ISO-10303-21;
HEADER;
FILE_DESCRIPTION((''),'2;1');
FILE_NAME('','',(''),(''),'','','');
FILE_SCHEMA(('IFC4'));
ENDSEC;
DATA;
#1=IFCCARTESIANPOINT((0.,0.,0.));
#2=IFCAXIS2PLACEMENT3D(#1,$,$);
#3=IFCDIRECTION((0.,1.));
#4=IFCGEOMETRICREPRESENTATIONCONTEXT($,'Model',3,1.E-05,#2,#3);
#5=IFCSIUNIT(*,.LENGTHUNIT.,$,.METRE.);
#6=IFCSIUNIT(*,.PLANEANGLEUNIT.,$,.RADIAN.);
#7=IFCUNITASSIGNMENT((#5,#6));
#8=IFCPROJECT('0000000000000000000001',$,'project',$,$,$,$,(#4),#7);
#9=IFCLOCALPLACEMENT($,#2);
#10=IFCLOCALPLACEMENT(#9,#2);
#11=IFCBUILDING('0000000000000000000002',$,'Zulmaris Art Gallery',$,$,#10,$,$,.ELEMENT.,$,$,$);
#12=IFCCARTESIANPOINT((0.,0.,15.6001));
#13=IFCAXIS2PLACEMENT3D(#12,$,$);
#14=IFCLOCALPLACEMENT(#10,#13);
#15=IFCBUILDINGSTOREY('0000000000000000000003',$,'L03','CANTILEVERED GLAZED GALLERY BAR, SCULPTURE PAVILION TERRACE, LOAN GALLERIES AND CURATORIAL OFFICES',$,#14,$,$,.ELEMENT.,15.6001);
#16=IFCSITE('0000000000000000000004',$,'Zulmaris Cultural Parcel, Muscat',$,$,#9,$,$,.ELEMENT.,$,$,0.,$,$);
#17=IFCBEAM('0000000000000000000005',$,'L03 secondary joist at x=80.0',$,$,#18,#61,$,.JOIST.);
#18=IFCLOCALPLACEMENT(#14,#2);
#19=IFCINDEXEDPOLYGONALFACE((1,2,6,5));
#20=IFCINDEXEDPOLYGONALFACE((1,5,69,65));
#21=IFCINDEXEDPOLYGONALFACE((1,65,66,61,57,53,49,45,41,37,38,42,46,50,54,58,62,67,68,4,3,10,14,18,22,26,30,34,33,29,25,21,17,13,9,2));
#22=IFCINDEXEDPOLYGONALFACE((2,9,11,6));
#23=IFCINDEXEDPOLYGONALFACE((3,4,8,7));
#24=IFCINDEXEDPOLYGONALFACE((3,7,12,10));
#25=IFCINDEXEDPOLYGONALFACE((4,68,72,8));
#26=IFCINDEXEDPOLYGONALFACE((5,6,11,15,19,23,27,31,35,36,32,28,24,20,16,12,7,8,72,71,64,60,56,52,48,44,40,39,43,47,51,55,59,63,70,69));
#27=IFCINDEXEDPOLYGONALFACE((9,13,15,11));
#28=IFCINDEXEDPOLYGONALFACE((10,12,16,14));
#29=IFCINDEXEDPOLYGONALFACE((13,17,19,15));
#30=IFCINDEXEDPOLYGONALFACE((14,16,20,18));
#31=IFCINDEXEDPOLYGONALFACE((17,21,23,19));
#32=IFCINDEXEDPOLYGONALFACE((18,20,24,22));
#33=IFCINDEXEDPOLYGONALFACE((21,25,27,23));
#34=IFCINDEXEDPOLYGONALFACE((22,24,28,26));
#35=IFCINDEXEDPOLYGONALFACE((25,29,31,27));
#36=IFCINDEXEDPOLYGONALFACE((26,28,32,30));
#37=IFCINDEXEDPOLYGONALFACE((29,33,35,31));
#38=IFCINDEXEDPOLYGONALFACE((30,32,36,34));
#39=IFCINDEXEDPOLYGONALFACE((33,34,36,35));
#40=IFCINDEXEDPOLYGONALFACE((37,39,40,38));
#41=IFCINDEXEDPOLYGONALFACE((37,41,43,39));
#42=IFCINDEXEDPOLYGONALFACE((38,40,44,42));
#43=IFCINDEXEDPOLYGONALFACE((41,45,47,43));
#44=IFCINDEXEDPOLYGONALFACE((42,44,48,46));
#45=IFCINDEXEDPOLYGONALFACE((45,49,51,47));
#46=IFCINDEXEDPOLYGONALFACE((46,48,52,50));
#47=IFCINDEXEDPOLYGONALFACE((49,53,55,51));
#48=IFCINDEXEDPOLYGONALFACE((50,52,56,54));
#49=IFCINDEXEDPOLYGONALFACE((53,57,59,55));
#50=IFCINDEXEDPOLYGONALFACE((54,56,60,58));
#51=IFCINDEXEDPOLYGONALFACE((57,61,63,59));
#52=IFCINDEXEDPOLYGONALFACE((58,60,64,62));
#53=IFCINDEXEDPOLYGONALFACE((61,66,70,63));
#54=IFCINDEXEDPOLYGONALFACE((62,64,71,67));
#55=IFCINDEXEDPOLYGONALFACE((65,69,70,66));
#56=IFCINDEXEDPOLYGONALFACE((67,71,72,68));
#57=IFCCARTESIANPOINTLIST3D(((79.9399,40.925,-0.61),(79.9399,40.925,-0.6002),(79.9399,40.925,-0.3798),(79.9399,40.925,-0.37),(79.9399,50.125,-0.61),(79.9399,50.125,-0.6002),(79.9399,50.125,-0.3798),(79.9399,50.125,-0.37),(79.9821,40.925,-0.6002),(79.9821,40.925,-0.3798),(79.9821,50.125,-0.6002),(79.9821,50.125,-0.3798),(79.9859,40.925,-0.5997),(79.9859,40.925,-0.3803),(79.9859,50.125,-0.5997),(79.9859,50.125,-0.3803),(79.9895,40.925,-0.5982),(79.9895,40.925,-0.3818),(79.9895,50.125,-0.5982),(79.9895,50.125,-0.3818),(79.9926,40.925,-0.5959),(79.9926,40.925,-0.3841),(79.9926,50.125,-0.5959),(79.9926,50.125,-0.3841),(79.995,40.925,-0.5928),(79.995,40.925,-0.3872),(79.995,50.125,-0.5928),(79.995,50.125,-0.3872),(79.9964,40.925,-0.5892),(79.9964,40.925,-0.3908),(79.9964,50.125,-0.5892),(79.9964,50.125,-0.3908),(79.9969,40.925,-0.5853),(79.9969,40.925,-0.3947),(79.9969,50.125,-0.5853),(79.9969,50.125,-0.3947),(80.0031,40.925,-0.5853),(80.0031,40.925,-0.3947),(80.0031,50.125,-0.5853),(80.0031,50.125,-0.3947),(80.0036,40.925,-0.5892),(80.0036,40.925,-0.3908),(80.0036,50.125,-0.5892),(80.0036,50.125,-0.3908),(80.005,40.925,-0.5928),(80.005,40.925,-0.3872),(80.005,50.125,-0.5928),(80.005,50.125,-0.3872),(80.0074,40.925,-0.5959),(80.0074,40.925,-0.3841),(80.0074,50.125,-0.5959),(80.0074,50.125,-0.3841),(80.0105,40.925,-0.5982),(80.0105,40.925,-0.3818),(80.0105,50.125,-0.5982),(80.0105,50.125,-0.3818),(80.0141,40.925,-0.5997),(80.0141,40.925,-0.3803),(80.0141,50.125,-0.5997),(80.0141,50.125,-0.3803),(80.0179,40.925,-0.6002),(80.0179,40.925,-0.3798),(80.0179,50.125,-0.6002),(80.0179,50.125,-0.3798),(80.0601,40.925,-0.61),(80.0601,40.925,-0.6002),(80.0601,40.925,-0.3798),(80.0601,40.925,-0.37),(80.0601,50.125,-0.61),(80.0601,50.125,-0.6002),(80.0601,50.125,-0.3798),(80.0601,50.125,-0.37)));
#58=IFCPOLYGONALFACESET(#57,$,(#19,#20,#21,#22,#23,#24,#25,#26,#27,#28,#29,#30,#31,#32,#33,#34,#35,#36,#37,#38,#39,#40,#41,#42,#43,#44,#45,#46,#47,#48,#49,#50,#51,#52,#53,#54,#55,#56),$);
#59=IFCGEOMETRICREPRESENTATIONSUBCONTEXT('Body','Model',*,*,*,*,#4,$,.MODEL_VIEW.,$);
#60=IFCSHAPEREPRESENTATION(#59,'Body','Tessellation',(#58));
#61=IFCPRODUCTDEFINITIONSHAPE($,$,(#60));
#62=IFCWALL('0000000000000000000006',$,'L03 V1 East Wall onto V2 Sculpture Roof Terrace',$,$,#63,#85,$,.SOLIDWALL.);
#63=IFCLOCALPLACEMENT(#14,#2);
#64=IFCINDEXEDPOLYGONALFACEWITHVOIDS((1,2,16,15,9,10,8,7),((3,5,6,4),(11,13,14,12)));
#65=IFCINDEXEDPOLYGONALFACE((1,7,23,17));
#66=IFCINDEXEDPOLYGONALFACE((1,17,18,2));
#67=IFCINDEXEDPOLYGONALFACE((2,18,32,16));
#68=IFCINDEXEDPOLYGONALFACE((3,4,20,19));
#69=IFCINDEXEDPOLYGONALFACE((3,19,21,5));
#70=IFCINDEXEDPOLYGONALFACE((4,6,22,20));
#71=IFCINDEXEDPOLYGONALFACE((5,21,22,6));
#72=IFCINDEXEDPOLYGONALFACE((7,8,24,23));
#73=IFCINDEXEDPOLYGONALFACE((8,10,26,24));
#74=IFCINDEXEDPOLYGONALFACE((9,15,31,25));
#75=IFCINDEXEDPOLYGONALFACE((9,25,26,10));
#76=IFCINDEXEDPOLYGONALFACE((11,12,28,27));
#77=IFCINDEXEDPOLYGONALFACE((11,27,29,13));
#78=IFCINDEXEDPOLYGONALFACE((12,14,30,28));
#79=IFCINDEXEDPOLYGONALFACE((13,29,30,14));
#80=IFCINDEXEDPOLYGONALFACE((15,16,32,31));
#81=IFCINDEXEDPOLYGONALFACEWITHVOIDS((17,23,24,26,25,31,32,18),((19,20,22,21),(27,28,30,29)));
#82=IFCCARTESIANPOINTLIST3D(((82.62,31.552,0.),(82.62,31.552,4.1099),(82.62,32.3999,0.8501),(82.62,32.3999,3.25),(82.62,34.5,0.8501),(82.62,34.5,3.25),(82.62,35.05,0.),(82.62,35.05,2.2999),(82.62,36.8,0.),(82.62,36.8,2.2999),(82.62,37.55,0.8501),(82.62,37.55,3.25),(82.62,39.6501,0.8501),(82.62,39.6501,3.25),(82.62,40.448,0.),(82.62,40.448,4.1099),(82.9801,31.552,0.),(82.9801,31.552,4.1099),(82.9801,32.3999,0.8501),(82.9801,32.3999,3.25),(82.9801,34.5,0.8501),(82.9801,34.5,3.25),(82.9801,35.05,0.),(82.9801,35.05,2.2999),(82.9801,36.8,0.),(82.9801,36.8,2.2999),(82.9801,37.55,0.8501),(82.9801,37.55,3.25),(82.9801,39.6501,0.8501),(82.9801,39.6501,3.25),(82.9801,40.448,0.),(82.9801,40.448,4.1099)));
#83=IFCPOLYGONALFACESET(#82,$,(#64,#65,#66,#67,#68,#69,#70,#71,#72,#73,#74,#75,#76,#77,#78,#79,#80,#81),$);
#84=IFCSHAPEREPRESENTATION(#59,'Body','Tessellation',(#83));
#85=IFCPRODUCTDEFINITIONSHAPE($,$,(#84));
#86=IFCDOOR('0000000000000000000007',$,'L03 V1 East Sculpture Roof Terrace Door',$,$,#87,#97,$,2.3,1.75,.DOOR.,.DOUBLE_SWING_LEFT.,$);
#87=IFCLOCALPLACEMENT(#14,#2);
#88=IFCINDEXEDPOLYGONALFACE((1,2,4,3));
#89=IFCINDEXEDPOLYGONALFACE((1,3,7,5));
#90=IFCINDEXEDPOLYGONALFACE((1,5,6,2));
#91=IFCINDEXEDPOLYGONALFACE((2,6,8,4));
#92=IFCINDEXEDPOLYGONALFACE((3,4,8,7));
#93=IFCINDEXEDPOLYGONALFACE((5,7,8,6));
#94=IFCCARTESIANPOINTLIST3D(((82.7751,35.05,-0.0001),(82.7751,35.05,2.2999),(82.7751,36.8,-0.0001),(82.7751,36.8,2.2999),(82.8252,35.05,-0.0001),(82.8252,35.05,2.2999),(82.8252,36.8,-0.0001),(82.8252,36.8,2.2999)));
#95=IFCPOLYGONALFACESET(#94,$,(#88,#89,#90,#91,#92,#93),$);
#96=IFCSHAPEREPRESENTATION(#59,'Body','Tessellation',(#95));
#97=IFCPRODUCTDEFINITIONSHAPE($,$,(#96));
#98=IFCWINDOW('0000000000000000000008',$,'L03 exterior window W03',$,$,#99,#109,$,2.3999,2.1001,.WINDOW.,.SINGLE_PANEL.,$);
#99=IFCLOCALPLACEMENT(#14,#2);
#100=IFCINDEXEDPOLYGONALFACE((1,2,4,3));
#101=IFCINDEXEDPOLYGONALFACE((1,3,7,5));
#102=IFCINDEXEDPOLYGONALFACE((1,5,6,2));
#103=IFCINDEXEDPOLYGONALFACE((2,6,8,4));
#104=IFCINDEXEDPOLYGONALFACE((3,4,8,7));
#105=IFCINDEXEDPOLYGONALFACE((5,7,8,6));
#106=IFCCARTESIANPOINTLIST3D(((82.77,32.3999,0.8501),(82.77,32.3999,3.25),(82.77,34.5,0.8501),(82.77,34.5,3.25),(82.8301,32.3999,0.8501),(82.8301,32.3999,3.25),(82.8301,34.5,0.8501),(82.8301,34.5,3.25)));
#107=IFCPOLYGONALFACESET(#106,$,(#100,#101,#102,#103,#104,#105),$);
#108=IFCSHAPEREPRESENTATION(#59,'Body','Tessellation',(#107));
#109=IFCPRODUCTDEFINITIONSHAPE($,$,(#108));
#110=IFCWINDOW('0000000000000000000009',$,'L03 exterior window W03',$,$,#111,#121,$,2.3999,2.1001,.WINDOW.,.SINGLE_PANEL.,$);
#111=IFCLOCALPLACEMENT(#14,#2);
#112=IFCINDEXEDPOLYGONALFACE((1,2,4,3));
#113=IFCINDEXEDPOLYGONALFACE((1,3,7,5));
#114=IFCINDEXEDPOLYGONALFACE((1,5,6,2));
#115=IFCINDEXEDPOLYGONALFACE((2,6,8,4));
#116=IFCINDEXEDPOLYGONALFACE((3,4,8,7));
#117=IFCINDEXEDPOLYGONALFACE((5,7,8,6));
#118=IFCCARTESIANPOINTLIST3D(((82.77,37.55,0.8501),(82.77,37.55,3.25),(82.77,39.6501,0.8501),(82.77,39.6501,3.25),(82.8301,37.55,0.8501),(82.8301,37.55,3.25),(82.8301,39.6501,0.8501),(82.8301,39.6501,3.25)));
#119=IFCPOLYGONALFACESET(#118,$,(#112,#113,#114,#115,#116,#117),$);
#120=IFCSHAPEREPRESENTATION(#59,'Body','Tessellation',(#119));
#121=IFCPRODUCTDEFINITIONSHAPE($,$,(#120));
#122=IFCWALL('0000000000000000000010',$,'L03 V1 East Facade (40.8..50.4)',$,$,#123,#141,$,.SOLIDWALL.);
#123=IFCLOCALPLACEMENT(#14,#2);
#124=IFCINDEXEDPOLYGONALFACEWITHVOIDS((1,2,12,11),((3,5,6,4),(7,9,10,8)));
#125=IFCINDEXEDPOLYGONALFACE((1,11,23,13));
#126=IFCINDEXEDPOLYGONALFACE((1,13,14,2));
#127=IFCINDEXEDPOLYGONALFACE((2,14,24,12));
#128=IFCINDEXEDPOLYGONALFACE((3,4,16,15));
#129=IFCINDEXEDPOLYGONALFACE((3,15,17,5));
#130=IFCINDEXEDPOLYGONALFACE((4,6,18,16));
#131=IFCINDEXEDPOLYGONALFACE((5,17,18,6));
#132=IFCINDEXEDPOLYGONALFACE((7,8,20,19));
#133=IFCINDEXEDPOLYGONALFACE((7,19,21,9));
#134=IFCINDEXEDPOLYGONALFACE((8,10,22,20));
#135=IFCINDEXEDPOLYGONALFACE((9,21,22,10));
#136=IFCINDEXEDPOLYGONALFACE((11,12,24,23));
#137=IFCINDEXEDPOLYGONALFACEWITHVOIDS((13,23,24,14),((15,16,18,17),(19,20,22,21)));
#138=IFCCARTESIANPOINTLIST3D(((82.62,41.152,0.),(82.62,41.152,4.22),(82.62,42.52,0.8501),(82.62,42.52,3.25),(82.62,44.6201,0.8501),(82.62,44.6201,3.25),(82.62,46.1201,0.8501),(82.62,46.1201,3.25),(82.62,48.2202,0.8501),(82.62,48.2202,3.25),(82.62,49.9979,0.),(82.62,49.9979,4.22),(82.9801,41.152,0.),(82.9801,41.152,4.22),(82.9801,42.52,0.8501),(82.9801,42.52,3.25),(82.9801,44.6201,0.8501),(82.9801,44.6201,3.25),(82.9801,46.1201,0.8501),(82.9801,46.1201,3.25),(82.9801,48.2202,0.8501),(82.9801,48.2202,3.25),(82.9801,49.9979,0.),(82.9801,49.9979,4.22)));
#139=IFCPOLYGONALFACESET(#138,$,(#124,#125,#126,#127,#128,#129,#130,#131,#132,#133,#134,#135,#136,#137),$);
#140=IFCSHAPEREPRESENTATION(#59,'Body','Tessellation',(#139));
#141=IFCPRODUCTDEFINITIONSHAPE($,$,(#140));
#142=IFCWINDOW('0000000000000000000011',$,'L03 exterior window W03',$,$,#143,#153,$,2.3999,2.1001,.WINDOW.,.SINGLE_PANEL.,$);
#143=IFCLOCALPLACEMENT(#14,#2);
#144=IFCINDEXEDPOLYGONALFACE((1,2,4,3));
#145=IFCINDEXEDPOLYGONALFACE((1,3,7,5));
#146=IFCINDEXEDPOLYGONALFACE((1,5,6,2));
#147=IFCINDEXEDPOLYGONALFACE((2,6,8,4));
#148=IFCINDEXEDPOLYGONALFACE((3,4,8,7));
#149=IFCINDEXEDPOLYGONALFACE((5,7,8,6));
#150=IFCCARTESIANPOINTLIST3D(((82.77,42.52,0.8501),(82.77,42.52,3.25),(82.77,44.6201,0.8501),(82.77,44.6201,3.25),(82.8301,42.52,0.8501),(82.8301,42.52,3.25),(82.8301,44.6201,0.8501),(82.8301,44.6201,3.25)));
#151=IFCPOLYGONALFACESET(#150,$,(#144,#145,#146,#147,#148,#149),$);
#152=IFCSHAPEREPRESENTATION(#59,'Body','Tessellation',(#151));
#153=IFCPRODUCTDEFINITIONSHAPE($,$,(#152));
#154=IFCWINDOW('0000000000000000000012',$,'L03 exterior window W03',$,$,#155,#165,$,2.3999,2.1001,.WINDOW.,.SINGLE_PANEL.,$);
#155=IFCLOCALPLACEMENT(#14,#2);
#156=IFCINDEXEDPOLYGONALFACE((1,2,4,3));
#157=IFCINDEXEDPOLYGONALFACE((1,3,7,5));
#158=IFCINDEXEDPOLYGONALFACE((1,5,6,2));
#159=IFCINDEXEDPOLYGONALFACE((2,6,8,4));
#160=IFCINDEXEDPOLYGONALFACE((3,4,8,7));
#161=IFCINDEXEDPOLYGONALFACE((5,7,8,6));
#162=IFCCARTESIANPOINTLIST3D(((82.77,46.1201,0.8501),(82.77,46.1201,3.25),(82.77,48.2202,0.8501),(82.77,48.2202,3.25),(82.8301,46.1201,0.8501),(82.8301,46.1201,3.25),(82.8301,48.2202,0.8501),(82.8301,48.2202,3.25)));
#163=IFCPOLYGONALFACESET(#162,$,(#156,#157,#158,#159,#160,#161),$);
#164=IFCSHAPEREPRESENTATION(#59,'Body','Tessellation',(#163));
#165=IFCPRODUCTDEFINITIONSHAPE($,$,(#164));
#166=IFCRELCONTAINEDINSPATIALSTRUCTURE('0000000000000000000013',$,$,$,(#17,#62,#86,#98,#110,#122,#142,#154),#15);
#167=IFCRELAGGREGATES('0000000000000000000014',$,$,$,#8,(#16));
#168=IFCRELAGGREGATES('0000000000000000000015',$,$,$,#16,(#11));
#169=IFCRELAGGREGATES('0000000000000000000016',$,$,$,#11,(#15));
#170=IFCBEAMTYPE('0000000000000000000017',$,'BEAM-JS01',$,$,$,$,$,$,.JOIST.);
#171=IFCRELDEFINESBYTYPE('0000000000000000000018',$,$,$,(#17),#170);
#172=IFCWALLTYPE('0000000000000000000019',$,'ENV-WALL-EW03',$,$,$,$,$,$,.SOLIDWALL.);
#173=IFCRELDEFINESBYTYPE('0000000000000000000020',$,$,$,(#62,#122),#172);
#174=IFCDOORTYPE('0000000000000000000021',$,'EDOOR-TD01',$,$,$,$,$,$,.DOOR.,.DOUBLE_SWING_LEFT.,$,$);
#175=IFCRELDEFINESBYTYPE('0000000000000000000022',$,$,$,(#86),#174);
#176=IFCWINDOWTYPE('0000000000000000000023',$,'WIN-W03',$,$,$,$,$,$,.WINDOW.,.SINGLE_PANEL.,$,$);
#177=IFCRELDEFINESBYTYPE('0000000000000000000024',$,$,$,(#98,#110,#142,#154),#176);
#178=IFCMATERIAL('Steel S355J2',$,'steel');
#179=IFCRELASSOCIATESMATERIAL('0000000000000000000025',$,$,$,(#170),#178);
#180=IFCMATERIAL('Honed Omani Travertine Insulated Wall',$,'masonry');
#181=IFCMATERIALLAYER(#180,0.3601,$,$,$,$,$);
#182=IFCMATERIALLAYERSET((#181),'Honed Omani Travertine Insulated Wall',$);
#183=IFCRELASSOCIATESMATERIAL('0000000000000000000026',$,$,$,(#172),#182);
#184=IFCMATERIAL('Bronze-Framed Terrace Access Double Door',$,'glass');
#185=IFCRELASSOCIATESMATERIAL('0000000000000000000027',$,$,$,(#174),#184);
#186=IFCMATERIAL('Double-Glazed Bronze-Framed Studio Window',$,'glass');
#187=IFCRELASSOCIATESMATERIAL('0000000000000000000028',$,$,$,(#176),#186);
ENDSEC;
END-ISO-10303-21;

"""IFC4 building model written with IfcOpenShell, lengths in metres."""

from ifc_helpers import new_model, si_unit, direction, frame, frame_2d, origin, origin_2d, place, context, subcontext, project, spatial, rectangle, i_section, extrude, material, layer, layer_set, material_profile, profile_set, type_object, element, fill, save


model = new_model("IFC4")

# Units and contexts
model_context = context("Model", 3, precision=1e-05, world=origin(), true_north=direction((0.0, 1.0)))
body_context = subcontext(model_context, "Body", "Model", "MODEL_VIEW")
ifc_project = project(units=[si_unit("LENGTHUNIT", "METRE"), si_unit("PLANEANGLEUNIT", "RADIAN")], contexts=[model_context])

# Site, building, storey
site_placement = place(None, origin())
site = spatial("IfcSite", under=ifc_project, at=site_placement, Name="Zulmaris Cultural Parcel, Muscat", CompositionType="ELEMENT", RefElevation=0.0)
building_placement = place(site_placement, origin())
building = spatial("IfcBuilding", under=site, at=building_placement, Name="Zulmaris Art Gallery", CompositionType="ELEMENT")
storey_placement = place(building_placement, frame((0.0, 0.0, 15.6001)))
storey = spatial("IfcBuildingStorey", under=building, at=storey_placement, Name="L03", Description="CANTILEVERED GLAZED GALLERY BAR, SCULPTURE PAVILION TERRACE, LOAN GALLERIES AND CURATORIAL OFFICES", CompositionType="ELEMENT", Elevation=15.6001)

# Beam
ifc_material_1 = material(Name="Steel S355J2", Category="steel")
ifc_material_profile_1 = material_profile(ifc_material_1, i_section(OverallWidth=0.1201, OverallDepth=0.24, WebThickness=0.0061, FlangeThickness=0.0098, FilletRadius=0.0149, at=origin_2d()), Name="IPE 240")
ifc_profile_set_1 = profile_set([ifc_material_profile_1], Name="Steel S355J2")
beam_type_1 = type_object("IfcBeamType", Name="BEAM-JS01", PredefinedType="JOIST", material=ifc_profile_set_1)
beam_1_placement = place(storey_placement, frame((80.0, 40.925, -0.49), z_axis=(0.0, 1.0, 0.0), x_axis=(-1.0, 0.0, 0.0)))
element("IfcBeam", 1, at=beam_1_placement, inside=storey, type_object=beam_type_1, Name="L03 secondary joist at x=80.0", PredefinedType="JOIST", context=body_context, shape_type="SweptSolid", body=[
    extrude(i_section(OverallWidth=0.1201, OverallDepth=0.24, WebThickness=0.0061, FlangeThickness=0.0098, FilletRadius=0.0149, at=origin_2d()), origin(), (0.0, 0.0, 1.0), 9.2),
])

# Wall, openings, door, windows
ifc_material_2 = material(Name="Honed Omani Travertine Insulated Wall", Category="masonry")
ifc_layer_1 = layer(ifc_material_2, 0.3601)
ifc_layer_set_1 = layer_set([ifc_layer_1], Name="Honed Omani Travertine Insulated Wall")
wall_type_1 = type_object("IfcWallType", Name="ENV-WALL-EW03", PredefinedType="SOLIDWALL", material=ifc_layer_set_1)
wall_1_placement = place(storey_placement, frame((82.8, 31.552, 0.0), z_axis=(0.0, 0.0, 1.0), x_axis=(0.0, 1.0, 0.0)))
wall_1 = element("IfcWall", 2, at=wall_1_placement, inside=storey, type_object=wall_type_1, Name="L03 V1 East Wall onto V2 Sculpture Roof Terrace", PredefinedType="SOLIDWALL", context=body_context, shape_type="SweptSolid", body=[
    extrude(rectangle(XDim=8.896, YDim=0.3601, at=frame_2d((4.448, 0.0))), origin(), (0.0, 0.0, 1.0), 4.1099),
])
opening_1_placement = place(wall_1_placement, frame((0.8479, 0.0, 0.8501)))
opening_1 = element("IfcOpeningElement", 3, at=opening_1_placement, cuts=wall_1, PredefinedType="OPENING", context=body_context, shape_type="SweptSolid", body=[
    extrude(rectangle(XDim=2.1001, YDim=2.3999, at=frame_2d((1.05, 1.2))), frame((0.0, 0.1899, 0.0), z_axis=(0.0, -1.0, 0.0), x_axis=(1.0, 0.0, 0.0)), (0.0, 0.0, 1.0), 0.3801),
])
opening_2_placement = place(wall_1_placement, frame((5.998, 0.0, 0.8501)))
opening_2 = element("IfcOpeningElement", 4, at=opening_2_placement, cuts=wall_1, PredefinedType="OPENING", context=body_context, shape_type="SweptSolid", body=[
    extrude(rectangle(XDim=2.1001, YDim=2.3999, at=frame_2d((1.05, 1.2))), frame((0.0, 0.1899, 0.0), z_axis=(0.0, -1.0, 0.0), x_axis=(1.0, 0.0, 0.0)), (0.0, 0.0, 1.0), 0.3801),
])
opening_3_placement = place(wall_1_placement, frame((3.498, 0.0, 0.0)))
opening_3 = element("IfcOpeningElement", 5, at=opening_3_placement, cuts=wall_1, PredefinedType="OPENING", context=body_context, shape_type="SweptSolid", body=[
    extrude(rectangle(XDim=1.75, YDim=2.3, at=frame_2d((0.875, 1.1499))), frame((0.0, 0.1899, 0.0), z_axis=(0.0, -1.0, 0.0), x_axis=(1.0, 0.0, 0.0)), (0.0, 0.0, 1.0), 0.3801),
])
ifc_material_3 = material(Name="Bronze-Framed Terrace Access Double Door", Category="glass")
door_type = type_object("IfcDoorType", Name="EDOOR-TD01", OperationType="DOUBLE_SWING_LEFT", PredefinedType="DOOR", material=ifc_material_3)
door_placement = place(opening_3_placement, origin())
door = element("IfcDoor", 6, at=door_placement, inside=storey, type_object=door_type, Name="L03 V1 East Sculpture Roof Terrace Door", OperationType="DOUBLE_SWING_LEFT", OverallHeight=2.3, OverallWidth=1.75, PredefinedType="DOOR", context=body_context, shape_type="SweptSolid", body=[
    extrude(rectangle(XDim=1.75, YDim=2.3, at=frame_2d((0.875, 1.1499))), frame((0.0, 0.0249, 0.0), z_axis=(0.0, -1.0, 0.0), x_axis=(1.0, 0.0, 0.0)), (0.0, 0.0, 1.0), 0.05),
])
fill(opening_3, door)
ifc_material_4 = material(Name="Double-Glazed Bronze-Framed Studio Window", Category="glass")
window_type_1 = type_object("IfcWindowType", Name="WIN-W03", PartitioningType="SINGLE_PANEL", PredefinedType="WINDOW", material=ifc_material_4)
window_1_placement = place(opening_1_placement, origin())
window_1 = element("IfcWindow", 7, at=window_1_placement, inside=storey, type_object=window_type_1, Name="L03 exterior window W03", OverallHeight=2.3999, OverallWidth=2.1001, PartitioningType="SINGLE_PANEL", PredefinedType="WINDOW", context=body_context, shape_type="SweptSolid", body=[
    extrude(rectangle(XDim=2.1001, YDim=2.3999, at=frame_2d((1.05, 1.2))), frame((0.0, 0.03, 0.0), z_axis=(0.0, -1.0, 0.0), x_axis=(1.0, 0.0, 0.0)), (0.0, 0.0, 1.0), 0.0601),
])
fill(opening_1, window_1)
window_2_placement = place(opening_2_placement, origin())
window_2 = element("IfcWindow", 8, at=window_2_placement, inside=storey, type_object=window_type_1, Name="L03 exterior window W03", OverallHeight=2.3999, OverallWidth=2.1001, PartitioningType="SINGLE_PANEL", PredefinedType="WINDOW", context=body_context, shape_type="SweptSolid", body=[
    extrude(rectangle(XDim=2.1001, YDim=2.3999, at=frame_2d((1.05, 1.2))), frame((0.0, 0.03, 0.0), z_axis=(0.0, -1.0, 0.0), x_axis=(1.0, 0.0, 0.0)), (0.0, 0.0, 1.0), 0.0601),
])
fill(opening_2, window_2)

# Wall, openings, windows
wall_2_placement = place(storey_placement, frame((82.8, 41.1521, 0.0), z_axis=(0.0, 0.0, 1.0), x_axis=(0.0, 1.0, 0.0)))
wall_2 = element("IfcWall", 9, at=wall_2_placement, inside=storey, type_object=wall_type_1, Name="L03 V1 East Facade (40.8..50.4)", PredefinedType="SOLIDWALL", context=body_context, shape_type="SweptSolid", body=[
    extrude(rectangle(XDim=8.8459, YDim=0.3601, at=frame_2d((4.4229, 0.0))), origin(), (0.0, 0.0, 1.0), 4.22),
])
opening_4_placement = place(wall_2_placement, frame((1.3679, 0.0, 0.8501)))
opening_4 = element("IfcOpeningElement", 10, at=opening_4_placement, cuts=wall_2, PredefinedType="OPENING", context=body_context, shape_type="SweptSolid", body=[
    extrude(rectangle(XDim=2.1001, YDim=2.3999, at=frame_2d((1.05, 1.2))), frame((0.0, 0.1899, 0.0), z_axis=(0.0, -1.0, 0.0), x_axis=(1.0, 0.0, 0.0)), (0.0, 0.0, 1.0), 0.3801),
])
opening_5_placement = place(wall_2_placement, frame((4.968, 0.0, 0.8501)))
opening_5 = element("IfcOpeningElement", 11, at=opening_5_placement, cuts=wall_2, PredefinedType="OPENING", context=body_context, shape_type="SweptSolid", body=[
    extrude(rectangle(XDim=2.1001, YDim=2.3999, at=frame_2d((1.05, 1.2))), frame((0.0, 0.1899, 0.0), z_axis=(0.0, -1.0, 0.0), x_axis=(1.0, 0.0, 0.0)), (0.0, 0.0, 1.0), 0.3801),
])
window_3_placement = place(opening_4_placement, origin())
window_3 = element("IfcWindow", 12, at=window_3_placement, inside=storey, type_object=window_type_1, Name="L03 exterior window W03", OverallHeight=2.3999, OverallWidth=2.1001, PartitioningType="SINGLE_PANEL", PredefinedType="WINDOW", context=body_context, shape_type="SweptSolid", body=[
    extrude(rectangle(XDim=2.1001, YDim=2.3999, at=frame_2d((1.05, 1.2))), frame((0.0, 0.03, 0.0), z_axis=(0.0, -1.0, 0.0), x_axis=(1.0, 0.0, 0.0)), (0.0, 0.0, 1.0), 0.0601),
])
fill(opening_4, window_3)
window_4_placement = place(opening_5_placement, origin())
window_4 = element("IfcWindow", 13, at=window_4_placement, inside=storey, type_object=window_type_1, Name="L03 exterior window W03", OverallHeight=2.3999, OverallWidth=2.1001, PartitioningType="SINGLE_PANEL", PredefinedType="WINDOW", context=body_context, shape_type="SweptSolid", body=[
    extrude(rectangle(XDim=2.1001, YDim=2.3999, at=frame_2d((1.05, 1.2))), frame((0.0, 0.03, 0.0), z_axis=(0.0, -1.0, 0.0), x_axis=(1.0, 0.0, 0.0)), (0.0, 0.0, 1.0), 0.0601),
])
fill(opening_5, window_4)

save(model, "model.ifc")
